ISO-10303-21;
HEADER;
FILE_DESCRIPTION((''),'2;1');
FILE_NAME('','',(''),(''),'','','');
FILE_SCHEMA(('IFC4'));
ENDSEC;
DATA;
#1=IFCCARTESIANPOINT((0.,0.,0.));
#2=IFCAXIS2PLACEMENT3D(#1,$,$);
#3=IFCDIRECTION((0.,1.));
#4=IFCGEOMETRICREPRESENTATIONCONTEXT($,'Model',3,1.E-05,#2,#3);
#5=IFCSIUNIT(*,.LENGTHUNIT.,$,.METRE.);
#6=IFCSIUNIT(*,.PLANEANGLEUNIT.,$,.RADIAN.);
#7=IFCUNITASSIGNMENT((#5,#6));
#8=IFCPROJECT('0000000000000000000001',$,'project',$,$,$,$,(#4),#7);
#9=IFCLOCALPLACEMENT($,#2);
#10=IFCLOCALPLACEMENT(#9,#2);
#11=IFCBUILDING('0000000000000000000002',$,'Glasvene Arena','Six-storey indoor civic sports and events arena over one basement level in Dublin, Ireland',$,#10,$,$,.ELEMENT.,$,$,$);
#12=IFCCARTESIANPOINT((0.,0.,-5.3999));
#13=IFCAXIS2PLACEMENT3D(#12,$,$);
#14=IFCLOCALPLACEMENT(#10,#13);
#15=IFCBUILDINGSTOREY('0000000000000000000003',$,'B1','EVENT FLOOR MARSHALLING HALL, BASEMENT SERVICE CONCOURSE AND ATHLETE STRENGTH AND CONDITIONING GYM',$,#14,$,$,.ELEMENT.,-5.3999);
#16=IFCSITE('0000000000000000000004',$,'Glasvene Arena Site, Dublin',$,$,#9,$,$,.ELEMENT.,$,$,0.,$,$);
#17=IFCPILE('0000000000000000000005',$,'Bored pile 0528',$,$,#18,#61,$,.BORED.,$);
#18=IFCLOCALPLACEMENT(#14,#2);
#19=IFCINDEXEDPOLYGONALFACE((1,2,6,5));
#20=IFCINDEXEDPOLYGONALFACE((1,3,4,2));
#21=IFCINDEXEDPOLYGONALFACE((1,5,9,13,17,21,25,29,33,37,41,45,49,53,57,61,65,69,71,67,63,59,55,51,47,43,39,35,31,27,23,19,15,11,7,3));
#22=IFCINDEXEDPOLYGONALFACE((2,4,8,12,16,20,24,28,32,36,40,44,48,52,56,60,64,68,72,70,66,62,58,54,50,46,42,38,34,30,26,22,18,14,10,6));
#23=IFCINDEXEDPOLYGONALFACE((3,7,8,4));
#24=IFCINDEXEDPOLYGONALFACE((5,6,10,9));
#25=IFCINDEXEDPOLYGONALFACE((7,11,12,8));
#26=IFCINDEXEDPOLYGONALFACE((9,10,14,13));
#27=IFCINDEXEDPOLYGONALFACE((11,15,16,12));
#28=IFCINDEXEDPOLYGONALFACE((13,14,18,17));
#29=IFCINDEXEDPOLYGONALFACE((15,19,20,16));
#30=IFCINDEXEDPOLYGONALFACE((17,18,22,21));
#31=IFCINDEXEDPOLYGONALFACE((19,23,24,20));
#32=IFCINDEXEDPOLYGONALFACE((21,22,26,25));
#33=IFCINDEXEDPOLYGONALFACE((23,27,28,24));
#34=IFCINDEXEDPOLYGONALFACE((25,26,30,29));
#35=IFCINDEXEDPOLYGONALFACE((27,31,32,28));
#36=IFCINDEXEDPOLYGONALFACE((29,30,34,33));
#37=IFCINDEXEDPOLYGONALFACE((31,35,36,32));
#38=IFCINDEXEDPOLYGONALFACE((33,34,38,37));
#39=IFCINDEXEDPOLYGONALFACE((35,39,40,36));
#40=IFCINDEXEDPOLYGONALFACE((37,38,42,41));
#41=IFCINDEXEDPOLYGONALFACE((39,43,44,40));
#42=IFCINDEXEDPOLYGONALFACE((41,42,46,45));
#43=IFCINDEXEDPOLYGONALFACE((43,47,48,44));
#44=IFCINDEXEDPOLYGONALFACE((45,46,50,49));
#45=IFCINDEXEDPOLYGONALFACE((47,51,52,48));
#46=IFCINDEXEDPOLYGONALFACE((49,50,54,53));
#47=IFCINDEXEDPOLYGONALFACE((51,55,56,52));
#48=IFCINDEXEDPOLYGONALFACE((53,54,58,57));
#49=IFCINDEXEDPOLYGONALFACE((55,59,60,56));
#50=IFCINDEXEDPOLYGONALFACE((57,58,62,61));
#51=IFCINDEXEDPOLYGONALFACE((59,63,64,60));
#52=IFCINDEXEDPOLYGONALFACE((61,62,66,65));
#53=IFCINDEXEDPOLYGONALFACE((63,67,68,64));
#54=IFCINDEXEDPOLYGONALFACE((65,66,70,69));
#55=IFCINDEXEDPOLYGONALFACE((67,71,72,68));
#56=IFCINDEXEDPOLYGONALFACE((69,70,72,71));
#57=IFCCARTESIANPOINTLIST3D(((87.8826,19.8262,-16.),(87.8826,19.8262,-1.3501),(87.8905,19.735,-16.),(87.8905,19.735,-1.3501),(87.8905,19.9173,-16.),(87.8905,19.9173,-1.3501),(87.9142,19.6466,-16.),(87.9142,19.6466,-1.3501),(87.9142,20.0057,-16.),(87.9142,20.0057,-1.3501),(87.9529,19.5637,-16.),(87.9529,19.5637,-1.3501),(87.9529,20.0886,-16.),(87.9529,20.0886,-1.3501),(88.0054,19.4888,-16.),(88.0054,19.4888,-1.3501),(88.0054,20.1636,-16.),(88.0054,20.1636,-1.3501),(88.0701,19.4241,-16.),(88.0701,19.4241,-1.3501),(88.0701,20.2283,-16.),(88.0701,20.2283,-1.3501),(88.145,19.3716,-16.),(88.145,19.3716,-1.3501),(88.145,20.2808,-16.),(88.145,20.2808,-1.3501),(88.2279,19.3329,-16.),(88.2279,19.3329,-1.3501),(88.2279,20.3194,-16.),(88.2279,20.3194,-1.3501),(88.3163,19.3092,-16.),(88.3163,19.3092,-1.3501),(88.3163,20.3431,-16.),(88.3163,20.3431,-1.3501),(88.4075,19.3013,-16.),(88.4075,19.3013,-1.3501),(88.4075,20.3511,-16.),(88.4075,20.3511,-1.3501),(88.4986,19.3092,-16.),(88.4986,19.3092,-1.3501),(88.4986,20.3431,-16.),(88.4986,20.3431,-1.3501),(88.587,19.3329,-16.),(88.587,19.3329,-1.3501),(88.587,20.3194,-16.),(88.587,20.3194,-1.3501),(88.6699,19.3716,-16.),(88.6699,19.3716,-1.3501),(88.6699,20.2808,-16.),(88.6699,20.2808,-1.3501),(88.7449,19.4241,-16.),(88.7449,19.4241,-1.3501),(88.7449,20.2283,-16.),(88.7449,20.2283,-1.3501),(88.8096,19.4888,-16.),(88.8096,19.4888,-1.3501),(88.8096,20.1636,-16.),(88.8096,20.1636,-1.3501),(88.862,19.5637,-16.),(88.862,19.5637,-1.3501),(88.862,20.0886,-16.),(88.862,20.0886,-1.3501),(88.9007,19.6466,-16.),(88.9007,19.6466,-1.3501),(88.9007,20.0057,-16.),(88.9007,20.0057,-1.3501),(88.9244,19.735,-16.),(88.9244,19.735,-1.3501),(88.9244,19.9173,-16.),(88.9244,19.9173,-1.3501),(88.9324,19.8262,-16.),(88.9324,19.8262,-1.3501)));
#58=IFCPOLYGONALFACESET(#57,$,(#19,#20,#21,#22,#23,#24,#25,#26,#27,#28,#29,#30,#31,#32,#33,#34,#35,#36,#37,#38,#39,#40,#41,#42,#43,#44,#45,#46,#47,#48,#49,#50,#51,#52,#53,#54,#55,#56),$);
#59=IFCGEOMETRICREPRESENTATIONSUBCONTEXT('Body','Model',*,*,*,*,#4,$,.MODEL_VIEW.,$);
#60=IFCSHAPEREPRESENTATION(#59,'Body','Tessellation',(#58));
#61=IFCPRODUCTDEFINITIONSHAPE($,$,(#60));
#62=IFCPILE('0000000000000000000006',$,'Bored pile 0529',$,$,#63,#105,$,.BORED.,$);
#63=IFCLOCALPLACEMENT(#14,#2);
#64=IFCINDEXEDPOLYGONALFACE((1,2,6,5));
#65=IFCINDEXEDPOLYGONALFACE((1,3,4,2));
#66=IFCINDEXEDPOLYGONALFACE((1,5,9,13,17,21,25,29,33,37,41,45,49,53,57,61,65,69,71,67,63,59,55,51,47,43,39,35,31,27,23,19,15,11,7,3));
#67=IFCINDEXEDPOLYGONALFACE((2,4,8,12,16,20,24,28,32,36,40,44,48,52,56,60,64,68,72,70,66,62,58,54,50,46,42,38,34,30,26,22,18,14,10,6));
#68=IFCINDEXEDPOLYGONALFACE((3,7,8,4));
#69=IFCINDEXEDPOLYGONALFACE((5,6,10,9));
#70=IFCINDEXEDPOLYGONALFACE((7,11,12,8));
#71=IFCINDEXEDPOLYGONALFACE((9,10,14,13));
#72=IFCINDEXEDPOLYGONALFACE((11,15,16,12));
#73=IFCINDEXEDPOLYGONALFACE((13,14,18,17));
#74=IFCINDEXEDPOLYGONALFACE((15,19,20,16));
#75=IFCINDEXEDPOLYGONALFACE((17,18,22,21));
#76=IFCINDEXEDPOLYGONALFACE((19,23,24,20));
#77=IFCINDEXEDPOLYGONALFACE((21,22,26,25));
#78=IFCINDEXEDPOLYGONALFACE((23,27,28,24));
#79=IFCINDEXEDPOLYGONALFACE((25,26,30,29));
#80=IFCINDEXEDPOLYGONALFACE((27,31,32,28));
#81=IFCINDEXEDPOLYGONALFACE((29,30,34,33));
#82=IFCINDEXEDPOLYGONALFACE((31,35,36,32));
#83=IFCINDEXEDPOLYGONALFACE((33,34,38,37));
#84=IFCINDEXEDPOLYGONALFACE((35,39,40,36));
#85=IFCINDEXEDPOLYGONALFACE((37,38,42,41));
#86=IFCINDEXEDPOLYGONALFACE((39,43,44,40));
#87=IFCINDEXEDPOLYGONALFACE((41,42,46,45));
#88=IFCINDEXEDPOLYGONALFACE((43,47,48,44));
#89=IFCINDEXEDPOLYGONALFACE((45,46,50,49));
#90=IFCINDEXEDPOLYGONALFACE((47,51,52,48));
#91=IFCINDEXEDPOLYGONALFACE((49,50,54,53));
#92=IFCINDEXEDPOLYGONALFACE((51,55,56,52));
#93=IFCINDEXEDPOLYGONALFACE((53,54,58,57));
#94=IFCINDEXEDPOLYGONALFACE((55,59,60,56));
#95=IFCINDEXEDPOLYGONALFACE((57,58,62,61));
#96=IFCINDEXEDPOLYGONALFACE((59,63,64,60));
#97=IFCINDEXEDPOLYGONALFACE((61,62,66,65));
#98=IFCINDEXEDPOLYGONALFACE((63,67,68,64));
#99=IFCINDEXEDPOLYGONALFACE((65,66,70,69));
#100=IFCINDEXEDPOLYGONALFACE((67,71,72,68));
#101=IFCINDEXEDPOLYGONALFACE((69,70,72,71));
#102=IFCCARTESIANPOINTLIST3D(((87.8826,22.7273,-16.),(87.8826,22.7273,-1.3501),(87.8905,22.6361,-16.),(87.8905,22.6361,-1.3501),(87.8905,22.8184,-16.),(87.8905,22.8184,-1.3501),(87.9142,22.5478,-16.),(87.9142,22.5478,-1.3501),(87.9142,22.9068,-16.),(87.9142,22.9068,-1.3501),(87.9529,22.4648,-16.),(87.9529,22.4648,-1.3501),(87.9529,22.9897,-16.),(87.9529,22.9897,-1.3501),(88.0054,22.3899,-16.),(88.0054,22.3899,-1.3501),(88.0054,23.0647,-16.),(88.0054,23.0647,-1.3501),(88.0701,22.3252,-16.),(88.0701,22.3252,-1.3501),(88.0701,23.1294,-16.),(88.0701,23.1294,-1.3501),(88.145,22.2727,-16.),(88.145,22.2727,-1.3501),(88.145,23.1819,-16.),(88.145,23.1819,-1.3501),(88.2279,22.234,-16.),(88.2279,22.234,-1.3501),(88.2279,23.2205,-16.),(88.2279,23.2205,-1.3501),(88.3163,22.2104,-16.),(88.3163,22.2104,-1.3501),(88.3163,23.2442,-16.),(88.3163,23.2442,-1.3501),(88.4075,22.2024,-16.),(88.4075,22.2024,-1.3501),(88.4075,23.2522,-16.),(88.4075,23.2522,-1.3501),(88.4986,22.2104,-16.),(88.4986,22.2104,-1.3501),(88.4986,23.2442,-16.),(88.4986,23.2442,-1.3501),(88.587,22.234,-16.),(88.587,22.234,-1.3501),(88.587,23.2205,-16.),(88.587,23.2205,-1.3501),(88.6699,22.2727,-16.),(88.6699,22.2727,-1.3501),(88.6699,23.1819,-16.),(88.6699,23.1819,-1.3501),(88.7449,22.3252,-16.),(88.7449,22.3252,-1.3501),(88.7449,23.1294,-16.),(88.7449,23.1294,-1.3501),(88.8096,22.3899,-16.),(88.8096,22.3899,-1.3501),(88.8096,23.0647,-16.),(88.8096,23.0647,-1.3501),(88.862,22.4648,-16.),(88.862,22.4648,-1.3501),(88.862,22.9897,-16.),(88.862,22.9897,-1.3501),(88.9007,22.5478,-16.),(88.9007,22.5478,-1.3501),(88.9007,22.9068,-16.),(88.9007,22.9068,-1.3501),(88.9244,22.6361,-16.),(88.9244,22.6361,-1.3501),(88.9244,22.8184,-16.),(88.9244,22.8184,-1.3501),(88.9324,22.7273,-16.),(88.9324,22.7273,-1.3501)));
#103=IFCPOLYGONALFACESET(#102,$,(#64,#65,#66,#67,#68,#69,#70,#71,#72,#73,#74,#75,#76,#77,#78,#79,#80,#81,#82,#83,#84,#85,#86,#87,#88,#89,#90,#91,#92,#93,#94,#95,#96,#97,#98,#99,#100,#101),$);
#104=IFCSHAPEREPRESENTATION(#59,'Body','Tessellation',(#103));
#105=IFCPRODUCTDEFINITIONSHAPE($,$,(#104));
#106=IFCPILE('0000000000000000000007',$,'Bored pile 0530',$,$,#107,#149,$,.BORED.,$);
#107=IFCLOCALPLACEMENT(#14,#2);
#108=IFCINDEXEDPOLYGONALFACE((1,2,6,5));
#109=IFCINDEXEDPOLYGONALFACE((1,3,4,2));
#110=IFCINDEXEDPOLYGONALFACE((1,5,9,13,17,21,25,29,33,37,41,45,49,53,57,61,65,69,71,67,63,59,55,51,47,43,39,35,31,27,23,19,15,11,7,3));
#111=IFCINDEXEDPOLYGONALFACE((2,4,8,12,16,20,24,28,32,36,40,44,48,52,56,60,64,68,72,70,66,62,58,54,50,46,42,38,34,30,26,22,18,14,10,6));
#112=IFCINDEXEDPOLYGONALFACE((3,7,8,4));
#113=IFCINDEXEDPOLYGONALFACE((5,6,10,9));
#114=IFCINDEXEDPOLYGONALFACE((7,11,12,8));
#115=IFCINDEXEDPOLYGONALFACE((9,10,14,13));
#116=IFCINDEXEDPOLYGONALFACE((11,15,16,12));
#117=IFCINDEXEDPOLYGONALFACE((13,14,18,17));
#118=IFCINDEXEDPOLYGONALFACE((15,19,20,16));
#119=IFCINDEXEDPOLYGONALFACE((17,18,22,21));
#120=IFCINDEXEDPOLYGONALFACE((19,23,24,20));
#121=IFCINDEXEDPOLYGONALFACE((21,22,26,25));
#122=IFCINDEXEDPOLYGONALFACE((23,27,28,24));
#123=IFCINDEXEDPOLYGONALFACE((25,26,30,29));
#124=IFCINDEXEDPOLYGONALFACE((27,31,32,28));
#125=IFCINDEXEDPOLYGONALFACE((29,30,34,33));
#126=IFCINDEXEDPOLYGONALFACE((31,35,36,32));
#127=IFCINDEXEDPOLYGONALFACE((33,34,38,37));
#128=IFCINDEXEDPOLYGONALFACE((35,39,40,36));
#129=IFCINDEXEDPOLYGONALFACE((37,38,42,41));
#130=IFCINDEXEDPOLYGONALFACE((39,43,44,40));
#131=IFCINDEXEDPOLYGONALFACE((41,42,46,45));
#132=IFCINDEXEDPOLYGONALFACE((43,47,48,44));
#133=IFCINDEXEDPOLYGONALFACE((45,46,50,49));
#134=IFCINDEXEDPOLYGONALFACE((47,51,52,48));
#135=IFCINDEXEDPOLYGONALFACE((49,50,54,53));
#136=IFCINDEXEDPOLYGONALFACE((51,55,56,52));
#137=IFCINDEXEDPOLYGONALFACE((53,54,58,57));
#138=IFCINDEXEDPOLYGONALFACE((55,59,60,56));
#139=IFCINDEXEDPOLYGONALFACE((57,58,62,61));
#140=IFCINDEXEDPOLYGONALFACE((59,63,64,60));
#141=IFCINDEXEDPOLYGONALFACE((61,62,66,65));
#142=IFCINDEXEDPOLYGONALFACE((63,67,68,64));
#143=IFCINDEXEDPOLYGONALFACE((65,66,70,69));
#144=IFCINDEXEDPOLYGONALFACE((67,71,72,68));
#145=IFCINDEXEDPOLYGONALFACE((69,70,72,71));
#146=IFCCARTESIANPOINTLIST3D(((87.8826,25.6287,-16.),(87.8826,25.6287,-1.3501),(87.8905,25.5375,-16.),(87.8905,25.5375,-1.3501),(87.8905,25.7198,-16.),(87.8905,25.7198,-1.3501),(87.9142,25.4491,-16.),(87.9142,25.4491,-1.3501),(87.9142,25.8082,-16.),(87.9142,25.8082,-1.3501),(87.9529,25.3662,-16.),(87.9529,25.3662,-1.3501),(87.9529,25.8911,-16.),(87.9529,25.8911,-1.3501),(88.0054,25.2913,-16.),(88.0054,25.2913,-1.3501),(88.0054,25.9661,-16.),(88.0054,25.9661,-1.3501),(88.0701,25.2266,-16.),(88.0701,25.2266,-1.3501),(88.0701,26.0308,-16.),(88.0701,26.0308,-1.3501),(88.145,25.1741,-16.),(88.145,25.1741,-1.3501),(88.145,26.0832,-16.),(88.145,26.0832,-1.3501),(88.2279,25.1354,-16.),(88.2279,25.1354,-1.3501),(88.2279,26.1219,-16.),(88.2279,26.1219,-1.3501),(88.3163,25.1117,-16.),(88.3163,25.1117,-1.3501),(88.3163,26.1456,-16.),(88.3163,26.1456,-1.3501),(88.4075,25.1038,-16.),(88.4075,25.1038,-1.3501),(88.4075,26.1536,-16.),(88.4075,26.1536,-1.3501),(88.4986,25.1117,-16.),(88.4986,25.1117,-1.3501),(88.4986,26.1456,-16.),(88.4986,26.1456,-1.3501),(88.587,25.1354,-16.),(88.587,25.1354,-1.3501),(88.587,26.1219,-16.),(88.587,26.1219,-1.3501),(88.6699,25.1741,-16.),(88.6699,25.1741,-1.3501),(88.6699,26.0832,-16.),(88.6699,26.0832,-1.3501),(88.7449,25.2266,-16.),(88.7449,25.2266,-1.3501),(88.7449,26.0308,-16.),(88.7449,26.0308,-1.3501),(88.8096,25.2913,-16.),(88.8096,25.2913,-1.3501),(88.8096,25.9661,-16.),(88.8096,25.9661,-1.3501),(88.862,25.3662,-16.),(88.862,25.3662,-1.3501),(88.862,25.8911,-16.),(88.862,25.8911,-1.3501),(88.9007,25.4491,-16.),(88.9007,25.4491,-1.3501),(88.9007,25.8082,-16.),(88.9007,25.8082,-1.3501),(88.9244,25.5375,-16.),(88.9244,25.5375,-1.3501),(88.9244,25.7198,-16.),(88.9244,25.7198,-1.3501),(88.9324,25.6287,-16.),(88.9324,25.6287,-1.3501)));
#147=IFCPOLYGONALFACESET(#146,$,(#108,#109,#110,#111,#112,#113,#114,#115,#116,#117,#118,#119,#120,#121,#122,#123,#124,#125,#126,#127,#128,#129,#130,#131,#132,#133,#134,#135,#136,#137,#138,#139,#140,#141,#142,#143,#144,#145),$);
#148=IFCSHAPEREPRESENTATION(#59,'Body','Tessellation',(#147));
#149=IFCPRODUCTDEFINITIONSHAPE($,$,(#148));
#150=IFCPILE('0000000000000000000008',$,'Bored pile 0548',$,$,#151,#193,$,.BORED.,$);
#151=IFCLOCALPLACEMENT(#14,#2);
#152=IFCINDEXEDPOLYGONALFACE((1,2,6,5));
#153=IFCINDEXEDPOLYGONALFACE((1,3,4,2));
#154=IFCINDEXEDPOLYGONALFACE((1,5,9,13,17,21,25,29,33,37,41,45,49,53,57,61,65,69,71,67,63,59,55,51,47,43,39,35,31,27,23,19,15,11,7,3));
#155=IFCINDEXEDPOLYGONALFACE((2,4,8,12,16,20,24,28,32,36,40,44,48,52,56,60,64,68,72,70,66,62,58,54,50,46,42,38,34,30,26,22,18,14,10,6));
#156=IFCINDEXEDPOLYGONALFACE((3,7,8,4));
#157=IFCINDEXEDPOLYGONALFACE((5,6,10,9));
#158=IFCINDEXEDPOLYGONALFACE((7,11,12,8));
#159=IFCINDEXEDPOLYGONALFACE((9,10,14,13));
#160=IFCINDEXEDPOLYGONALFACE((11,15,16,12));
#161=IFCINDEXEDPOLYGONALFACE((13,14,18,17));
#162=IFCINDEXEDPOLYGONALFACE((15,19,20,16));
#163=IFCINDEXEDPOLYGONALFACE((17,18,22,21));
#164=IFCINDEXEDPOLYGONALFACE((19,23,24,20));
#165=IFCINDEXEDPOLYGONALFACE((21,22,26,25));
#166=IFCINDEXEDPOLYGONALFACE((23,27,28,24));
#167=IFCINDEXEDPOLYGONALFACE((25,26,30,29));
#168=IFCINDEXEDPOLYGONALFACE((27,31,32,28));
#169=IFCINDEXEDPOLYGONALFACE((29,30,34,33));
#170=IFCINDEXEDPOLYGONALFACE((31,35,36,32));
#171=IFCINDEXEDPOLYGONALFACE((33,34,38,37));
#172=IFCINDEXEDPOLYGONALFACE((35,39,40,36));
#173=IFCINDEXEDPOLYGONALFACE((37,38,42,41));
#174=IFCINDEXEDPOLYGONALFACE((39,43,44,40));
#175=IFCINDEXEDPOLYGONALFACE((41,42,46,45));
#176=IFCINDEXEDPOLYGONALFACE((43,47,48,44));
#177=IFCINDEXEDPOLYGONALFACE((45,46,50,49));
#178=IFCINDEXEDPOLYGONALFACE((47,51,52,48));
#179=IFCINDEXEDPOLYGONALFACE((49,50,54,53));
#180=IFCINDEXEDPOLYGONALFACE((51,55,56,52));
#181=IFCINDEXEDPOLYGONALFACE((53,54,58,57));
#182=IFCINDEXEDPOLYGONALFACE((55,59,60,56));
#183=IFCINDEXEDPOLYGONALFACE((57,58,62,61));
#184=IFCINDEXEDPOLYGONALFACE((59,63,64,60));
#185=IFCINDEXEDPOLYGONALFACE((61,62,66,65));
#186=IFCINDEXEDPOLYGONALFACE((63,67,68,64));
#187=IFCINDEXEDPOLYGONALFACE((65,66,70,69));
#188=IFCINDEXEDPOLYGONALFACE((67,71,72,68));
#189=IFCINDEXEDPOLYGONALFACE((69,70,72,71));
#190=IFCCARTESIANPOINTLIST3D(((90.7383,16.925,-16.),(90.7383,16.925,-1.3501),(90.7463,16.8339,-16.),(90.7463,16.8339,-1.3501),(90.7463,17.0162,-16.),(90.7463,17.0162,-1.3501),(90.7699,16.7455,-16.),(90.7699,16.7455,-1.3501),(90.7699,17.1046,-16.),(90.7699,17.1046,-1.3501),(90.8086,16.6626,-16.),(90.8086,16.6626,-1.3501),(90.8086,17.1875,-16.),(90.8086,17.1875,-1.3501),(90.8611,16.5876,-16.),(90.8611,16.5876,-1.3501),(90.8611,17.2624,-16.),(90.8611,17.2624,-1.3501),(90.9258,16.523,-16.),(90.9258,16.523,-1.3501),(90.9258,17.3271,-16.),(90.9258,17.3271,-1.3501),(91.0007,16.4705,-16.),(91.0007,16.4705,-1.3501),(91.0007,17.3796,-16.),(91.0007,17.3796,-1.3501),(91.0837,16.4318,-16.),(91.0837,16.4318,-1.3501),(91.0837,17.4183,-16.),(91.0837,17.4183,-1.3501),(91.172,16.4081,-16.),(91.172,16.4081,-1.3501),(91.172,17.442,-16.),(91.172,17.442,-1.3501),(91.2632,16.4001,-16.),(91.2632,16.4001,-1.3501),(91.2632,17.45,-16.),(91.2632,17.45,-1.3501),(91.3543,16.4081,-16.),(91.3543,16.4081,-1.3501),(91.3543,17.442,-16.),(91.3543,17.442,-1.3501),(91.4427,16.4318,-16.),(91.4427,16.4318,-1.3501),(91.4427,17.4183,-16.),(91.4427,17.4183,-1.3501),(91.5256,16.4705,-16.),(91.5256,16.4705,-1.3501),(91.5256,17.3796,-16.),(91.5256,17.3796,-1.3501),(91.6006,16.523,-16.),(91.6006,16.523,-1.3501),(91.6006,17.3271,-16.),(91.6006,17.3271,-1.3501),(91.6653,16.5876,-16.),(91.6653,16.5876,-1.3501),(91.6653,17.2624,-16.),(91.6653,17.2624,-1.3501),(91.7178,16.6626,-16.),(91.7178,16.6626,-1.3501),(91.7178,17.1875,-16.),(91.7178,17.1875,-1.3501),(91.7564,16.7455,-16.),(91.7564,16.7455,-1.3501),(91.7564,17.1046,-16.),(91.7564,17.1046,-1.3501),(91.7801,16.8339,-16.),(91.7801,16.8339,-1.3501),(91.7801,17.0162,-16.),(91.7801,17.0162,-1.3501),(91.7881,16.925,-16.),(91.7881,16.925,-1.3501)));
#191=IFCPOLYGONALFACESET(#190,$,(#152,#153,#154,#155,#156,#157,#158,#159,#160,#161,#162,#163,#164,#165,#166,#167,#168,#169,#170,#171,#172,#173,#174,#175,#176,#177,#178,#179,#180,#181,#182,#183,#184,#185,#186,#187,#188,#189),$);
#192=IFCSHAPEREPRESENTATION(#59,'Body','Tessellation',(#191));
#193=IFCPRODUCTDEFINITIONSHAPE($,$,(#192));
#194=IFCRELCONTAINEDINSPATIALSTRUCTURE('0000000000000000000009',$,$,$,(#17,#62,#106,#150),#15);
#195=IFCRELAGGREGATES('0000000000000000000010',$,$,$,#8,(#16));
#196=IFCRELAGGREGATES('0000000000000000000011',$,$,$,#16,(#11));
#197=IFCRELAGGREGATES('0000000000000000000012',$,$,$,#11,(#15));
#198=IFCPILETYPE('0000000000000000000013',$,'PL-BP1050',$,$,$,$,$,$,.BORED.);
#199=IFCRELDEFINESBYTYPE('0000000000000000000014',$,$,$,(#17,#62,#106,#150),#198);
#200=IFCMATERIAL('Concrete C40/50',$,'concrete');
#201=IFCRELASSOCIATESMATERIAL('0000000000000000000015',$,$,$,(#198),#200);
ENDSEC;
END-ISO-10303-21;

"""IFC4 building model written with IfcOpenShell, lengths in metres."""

from ifc_helpers import new_model, si_unit, direction, frame, origin, origin_2d, place, context, subcontext, project, spatial, circle, extrude, material, material_profile, profile_set, type_object, element, save


model = new_model("IFC4")

# Units and contexts
model_context = context("Model", 3, precision=1e-05, world=origin(), true_north=direction((0.0, 1.0)))
body_context = subcontext(model_context, "Body", "Model", "MODEL_VIEW")
ifc_project = project(units=[si_unit("LENGTHUNIT", "METRE"), si_unit("PLANEANGLEUNIT", "RADIAN")], contexts=[model_context])

# Site, building, storey
site_placement = place(None, origin())
site = spatial("IfcSite", under=ifc_project, at=site_placement, Name="Glasvene Arena Site, Dublin", CompositionType="ELEMENT", RefElevation=0.0)
building_placement = place(site_placement, origin())
building = spatial("IfcBuilding", under=site, at=building_placement, Name="Glasvene Arena", Description="Six-storey indoor civic sports and events arena over one basement level in Dublin, Ireland", CompositionType="ELEMENT")
storey_placement = place(building_placement, frame((0.0, 0.0, -5.3999)))
storey = spatial("IfcBuildingStorey", under=building, at=storey_placement, Name="B1", Description="EVENT FLOOR MARSHALLING HALL, BASEMENT SERVICE CONCOURSE AND ATHLETE STRENGTH AND CONDITIONING GYM", CompositionType="ELEMENT", Elevation=-5.3999)

# Piles
ifc_material_1 = material(Name="Concrete C40/50", Category="concrete")
ifc_material_profile_1 = material_profile(ifc_material_1, circle(Radius=0.5249, at=origin_2d()), Name="BORED PILE 1050")
ifc_profile_set_1 = profile_set([ifc_material_profile_1], Name="Concrete C40/50")
pile_type = type_object("IfcPileType", Name="PL-BP1050", PredefinedType="BORED", material=ifc_profile_set_1)
for number, where, z_axis, x_axis, name in (
    (1, (88.4075, 19.8262, -1.3501), (0.0, 0.0, -1.0), (1.0, 0.0, 0.0), "Bored pile 0528"),
    (2, (88.4075, 22.7273, -1.3501), (0.0, 0.0, -1.0), (1.0, 0.0, 0.0), "Bored pile 0529"),
    (3, (88.4075, 25.6287, -1.3501), (0.0, 0.0, -1.0), (1.0, 0.0, 0.0), "Bored pile 0530"),
    (4, (91.2632, 16.925, -1.3501), (0.0, 0.0, -1.0), (1.0, 0.0, 0.0), "Bored pile 0548"),
):
    element("IfcPile", number, at=place(storey_placement, frame(where, z_axis=z_axis, x_axis=x_axis)), inside=storey, type_object=pile_type, Name=name, PredefinedType="BORED", context=body_context, shape_type="SweptSolid", body=[
        extrude(circle(Radius=0.5249, at=origin_2d()), origin(), (0.0, 0.0, 1.0), 14.6499),
    ])

save(model, "model.ifc")
